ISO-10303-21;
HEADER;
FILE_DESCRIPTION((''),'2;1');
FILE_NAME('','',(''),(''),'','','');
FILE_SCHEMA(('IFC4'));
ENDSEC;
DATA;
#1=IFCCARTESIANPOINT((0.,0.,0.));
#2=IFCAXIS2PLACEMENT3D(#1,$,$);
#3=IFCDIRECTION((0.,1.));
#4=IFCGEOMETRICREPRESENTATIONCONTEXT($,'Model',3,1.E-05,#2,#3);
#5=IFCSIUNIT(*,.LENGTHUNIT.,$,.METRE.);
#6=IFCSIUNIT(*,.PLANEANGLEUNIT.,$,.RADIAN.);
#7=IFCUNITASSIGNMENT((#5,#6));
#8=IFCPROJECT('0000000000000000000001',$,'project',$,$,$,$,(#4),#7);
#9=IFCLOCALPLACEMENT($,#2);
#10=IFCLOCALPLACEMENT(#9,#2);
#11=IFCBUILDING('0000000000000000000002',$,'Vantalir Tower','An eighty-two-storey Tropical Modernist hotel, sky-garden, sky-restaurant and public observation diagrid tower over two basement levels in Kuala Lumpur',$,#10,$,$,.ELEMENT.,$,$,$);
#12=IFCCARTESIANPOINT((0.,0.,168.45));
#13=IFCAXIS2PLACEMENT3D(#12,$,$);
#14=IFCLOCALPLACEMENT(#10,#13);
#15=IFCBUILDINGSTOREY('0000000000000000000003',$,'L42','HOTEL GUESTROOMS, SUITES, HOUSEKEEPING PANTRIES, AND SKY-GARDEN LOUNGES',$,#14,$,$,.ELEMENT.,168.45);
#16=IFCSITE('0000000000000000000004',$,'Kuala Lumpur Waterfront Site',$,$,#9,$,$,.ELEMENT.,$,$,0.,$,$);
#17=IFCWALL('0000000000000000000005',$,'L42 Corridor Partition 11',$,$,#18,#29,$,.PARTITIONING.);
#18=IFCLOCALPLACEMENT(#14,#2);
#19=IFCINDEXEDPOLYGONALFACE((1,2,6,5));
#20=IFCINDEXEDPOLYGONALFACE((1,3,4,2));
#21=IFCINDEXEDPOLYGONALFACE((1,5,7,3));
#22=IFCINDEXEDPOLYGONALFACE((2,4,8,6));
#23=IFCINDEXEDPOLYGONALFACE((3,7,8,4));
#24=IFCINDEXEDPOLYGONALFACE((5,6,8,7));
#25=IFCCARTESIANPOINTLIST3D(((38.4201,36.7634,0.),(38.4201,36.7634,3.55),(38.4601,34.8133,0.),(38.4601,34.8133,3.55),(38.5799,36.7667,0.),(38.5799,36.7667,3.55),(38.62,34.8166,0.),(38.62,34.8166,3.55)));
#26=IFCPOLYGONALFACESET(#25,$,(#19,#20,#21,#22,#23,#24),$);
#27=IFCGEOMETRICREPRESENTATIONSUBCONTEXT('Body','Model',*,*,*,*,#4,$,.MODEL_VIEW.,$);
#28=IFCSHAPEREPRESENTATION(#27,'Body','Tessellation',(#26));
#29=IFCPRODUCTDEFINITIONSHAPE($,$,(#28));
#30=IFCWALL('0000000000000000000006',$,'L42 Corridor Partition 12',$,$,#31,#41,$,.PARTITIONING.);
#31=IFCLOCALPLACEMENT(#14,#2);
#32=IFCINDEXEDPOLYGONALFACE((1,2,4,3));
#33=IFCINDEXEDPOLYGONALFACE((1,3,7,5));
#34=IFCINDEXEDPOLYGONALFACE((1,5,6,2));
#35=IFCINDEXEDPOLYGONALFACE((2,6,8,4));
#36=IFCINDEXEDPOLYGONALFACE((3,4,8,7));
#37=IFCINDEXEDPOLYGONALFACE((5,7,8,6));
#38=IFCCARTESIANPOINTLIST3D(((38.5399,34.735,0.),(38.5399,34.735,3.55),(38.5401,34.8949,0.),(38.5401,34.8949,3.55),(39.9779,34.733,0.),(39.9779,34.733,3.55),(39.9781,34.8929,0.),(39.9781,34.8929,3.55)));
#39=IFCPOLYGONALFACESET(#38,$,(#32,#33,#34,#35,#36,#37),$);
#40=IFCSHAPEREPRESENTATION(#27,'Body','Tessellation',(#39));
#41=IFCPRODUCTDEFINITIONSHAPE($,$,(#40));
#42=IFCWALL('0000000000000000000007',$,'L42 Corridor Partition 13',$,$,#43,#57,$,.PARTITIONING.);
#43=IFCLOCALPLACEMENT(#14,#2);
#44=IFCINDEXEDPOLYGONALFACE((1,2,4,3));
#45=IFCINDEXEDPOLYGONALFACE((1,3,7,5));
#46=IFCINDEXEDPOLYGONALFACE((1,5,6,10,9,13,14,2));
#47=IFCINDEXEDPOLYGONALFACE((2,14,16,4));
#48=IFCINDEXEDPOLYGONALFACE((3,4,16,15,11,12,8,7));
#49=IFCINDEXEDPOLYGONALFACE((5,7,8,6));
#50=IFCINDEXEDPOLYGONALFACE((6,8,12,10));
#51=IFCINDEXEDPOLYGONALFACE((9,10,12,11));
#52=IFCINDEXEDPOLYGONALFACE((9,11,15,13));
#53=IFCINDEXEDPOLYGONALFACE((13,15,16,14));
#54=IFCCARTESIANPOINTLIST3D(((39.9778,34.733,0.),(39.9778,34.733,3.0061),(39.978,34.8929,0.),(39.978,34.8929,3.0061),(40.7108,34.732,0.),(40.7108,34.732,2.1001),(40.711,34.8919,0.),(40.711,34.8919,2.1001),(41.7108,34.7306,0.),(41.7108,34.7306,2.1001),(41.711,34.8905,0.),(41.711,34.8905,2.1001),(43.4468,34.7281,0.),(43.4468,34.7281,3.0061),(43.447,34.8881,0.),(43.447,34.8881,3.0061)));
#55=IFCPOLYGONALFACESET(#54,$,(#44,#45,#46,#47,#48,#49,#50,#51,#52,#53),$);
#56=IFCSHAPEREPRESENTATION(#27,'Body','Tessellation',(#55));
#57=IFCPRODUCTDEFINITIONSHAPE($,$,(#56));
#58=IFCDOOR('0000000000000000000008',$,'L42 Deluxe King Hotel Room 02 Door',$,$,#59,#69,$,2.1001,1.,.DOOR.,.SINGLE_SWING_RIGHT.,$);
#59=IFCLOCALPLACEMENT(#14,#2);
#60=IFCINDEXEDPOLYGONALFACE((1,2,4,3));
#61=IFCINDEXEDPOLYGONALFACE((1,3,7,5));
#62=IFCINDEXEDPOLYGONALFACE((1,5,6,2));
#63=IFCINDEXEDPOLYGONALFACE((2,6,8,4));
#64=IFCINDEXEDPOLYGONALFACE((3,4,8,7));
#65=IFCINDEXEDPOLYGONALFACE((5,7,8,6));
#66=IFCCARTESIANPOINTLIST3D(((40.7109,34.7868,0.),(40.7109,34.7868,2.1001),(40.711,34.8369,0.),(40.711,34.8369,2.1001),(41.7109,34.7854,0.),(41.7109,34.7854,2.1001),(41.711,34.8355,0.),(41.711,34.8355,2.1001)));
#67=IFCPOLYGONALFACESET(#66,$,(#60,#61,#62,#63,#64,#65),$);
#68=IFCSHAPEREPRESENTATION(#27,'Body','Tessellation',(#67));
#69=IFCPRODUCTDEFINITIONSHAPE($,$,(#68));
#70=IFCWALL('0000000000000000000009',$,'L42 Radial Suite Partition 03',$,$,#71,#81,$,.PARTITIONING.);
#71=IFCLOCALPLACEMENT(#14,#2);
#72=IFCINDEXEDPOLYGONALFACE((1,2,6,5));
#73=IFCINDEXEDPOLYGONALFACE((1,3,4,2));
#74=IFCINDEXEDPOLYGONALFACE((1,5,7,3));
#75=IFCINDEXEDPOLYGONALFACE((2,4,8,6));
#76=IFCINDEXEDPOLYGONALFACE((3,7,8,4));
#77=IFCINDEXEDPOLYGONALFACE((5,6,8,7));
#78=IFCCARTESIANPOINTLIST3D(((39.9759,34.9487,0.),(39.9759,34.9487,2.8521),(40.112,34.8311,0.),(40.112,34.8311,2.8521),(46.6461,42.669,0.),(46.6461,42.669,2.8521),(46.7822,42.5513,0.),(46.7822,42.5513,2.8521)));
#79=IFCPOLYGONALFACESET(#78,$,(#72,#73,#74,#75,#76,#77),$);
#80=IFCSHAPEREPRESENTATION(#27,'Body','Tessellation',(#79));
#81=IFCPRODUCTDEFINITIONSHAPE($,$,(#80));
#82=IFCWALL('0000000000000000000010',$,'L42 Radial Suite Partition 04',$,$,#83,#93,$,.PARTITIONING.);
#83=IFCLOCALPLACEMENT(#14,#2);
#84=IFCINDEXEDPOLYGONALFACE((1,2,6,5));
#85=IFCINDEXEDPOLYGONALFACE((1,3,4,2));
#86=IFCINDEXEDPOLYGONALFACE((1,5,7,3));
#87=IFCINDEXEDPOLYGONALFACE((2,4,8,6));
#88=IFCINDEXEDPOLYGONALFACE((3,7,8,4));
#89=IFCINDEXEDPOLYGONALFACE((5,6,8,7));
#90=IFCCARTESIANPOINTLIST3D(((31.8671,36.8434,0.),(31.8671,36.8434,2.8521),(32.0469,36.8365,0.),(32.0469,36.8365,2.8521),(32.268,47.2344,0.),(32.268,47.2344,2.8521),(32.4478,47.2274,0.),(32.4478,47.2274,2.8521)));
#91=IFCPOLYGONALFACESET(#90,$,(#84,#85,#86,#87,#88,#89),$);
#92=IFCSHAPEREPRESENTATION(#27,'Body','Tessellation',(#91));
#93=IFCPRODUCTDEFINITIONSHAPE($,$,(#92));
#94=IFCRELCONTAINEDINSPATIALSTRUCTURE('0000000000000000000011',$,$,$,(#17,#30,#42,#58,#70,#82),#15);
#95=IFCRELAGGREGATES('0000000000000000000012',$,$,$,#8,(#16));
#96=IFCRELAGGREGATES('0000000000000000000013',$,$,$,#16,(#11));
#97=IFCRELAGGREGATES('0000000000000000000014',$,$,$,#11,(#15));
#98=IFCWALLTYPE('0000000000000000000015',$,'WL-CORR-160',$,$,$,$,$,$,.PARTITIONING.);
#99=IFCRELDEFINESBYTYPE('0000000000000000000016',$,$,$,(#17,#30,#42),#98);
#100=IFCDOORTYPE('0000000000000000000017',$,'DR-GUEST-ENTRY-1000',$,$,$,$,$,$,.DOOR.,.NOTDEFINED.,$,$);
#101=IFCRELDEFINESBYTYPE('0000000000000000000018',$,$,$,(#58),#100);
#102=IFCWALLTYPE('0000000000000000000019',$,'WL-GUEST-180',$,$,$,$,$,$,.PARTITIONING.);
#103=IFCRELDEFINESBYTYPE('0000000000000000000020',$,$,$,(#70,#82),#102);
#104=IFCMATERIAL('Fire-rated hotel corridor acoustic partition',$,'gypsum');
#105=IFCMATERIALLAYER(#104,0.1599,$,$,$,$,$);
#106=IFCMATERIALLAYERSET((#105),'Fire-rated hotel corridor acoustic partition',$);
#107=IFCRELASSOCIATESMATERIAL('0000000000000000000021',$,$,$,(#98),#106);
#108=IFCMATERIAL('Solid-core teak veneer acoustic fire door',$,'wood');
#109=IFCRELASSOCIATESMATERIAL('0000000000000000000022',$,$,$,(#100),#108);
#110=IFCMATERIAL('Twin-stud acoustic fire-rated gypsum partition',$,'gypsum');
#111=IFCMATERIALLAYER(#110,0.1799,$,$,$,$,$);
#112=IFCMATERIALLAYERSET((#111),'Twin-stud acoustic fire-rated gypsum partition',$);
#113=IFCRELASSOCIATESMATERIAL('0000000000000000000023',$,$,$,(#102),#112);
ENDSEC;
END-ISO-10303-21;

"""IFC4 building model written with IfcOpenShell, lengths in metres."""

from ifc_helpers import new_model, si_unit, direction, frame, frame_2d, origin, place, context, subcontext, project, spatial, rectangle, extrude, material, layer, layer_set, type_object, element, fill, save


model = new_model("IFC4")

# Units and contexts
model_context = context("Model", 3, precision=1e-05, world=origin(), true_north=direction((0.0, 1.0)))
body_context = subcontext(model_context, "Body", "Model", "MODEL_VIEW")
ifc_project = project(units=[si_unit("LENGTHUNIT", "METRE"), si_unit("PLANEANGLEUNIT", "RADIAN")], contexts=[model_context])

# Site, building, storey
site_placement = place(None, origin())
site = spatial("IfcSite", under=ifc_project, at=site_placement, Name="Kuala Lumpur Waterfront Site", CompositionType="ELEMENT", RefElevation=0.0)
building_placement = place(site_placement, origin())
building = spatial("IfcBuilding", under=site, at=building_placement, Name="Vantalir Tower", Description="An eighty-two-storey Tropical Modernist hotel, sky-garden, sky-restaurant and public observation diagrid tower over two basement levels in Kuala Lumpur", CompositionType="ELEMENT")
storey_placement = place(building_placement, frame((0.0, 0.0, 168.45)))
storey = spatial("IfcBuildingStorey", under=building, at=storey_placement, Name="L42", Description="HOTEL GUESTROOMS, SUITES, HOUSEKEEPING PANTRIES, AND SKY-GARDEN LOUNGES", CompositionType="ELEMENT", Elevation=168.45)

# Shared definitions
ifc_material_1 = material(Name="Fire-rated hotel corridor acoustic partition", Category="gypsum")
ifc_layer_1 = layer(ifc_material_1, 0.1599)
ifc_layer_set_1 = layer_set([ifc_layer_1], Name="Fire-rated hotel corridor acoustic partition")
wall_type_1 = type_object("IfcWallType", Name="WL-CORR-160", PredefinedType="PARTITIONING", material=ifc_layer_set_1)

# Walls
wall_1_placement = place(storey_placement, frame((38.5, 36.7649, 0.0), z_axis=(0.0, 0.0, 1.0), x_axis=(0.020529, -0.999789, 0.0)))
element("IfcWall", 1, at=wall_1_placement, inside=storey, type_object=wall_type_1, Name="L42 Corridor Partition 11", PredefinedType="PARTITIONING", context=body_context, shape_type="SweptSolid", body=[
    extrude(rectangle(XDim=1.9504, YDim=0.1599, at=frame_2d((0.9751, 0.0))), origin(), (0.0, 0.0, 1.0), 3.55),
])
wall_2_placement = place(storey_placement, frame((38.54, 34.8149, 0.0), z_axis=(0.0, 0.0, 1.0), x_axis=(0.999999, -0.001358, 0.0)))
element("IfcWall", 2, at=wall_2_placement, inside=storey, type_object=wall_type_1, Name="L42 Corridor Partition 12", PredefinedType="PARTITIONING", context=body_context, shape_type="SweptSolid", body=[
    extrude(rectangle(XDim=1.438, YDim=0.1599, at=frame_2d((0.719, 0.0))), origin(), (0.0, 0.0, 1.0), 3.55),
])

# Wall, opening, door
wall_3_placement = place(storey_placement, frame((39.978, 34.813, 0.0), z_axis=(0.0, 0.0, 1.0), x_axis=(0.999999, -0.001408, 0.0)))
wall_3 = element("IfcWall", 3, at=wall_3_placement, inside=storey, type_object=wall_type_1, Name="L42 Corridor Partition 13", PredefinedType="PARTITIONING", context=body_context, shape_type="SweptSolid", body=[
    extrude(rectangle(XDim=3.469, YDim=0.1599, at=frame_2d((1.7344, 0.0))), origin(), (0.0, 0.0, 1.0), 3.0061),
])
opening_1_placement = place(wall_3_placement, frame((0.7329, 0.0, 0.0)))
opening_1 = element("IfcOpeningElement", 4, at=opening_1_placement, cuts=wall_3, PredefinedType="OPENING", context=body_context, shape_type="SweptSolid", body=[
    extrude(rectangle(XDim=1.0, YDim=2.1001, at=frame_2d((0.5, 1.05))), frame((0.0, 0.0898, 0.0), z_axis=(0.0, -1.0, 0.0), x_axis=(1.0, 0.0, 0.0)), (0.0, 0.0, 1.0), 0.1799),
])
ifc_material_2 = material(Name="Solid-core teak veneer acoustic fire door", Category="wood")
door_type_1 = type_object("IfcDoorType", Name="DR-GUEST-ENTRY-1000", OperationType="NOTDEFINED", PredefinedType="DOOR", material=ifc_material_2)
door_1_placement = place(opening_1_placement, origin())
door_1 = element("IfcDoor", 5, at=door_1_placement, inside=storey, type_object=door_type_1, Name="L42 Deluxe King Hotel Room 02 Door", OperationType="SINGLE_SWING_RIGHT", OverallHeight=2.1001, OverallWidth=1.0, PredefinedType="DOOR", context=body_context, shape_type="SweptSolid", body=[
    extrude(rectangle(XDim=1.0, YDim=2.1001, at=frame_2d((0.5, 1.05))), frame((0.0, 0.0249, 0.0), z_axis=(0.0, -1.0, 0.0), x_axis=(1.0, 0.0, 0.0)), (0.0, 0.0, 1.0), 0.05),
])
fill(opening_1, door_1)

# Walls
ifc_material_3 = material(Name="Twin-stud acoustic fire-rated gypsum partition", Category="gypsum")
ifc_layer_2 = layer(ifc_material_3, 0.1799)
ifc_layer_set_2 = layer_set([ifc_layer_2], Name="Twin-stud acoustic fire-rated gypsum partition")
wall_type_2 = type_object("IfcWallType", Name="WL-GUEST-180", PredefinedType="PARTITIONING", material=ifc_layer_set_2)
wall_4_placement = place(storey_placement, frame((40.0439, 34.8899, 0.0), z_axis=(0.0, 0.0, 1.0), x_axis=(0.653772, 0.756692, 0.0)))
element("IfcWall", 6, at=wall_4_placement, inside=storey, type_object=wall_type_2, Name="L42 Radial Suite Partition 03", PredefinedType="PARTITIONING", context=body_context, shape_type="SweptSolid", body=[
    extrude(rectangle(XDim=10.2026, YDim=0.1799, at=frame_2d((5.1013, 0.0))), origin(), (0.0, 0.0, 1.0), 2.8521),
])
wall_5_placement = place(storey_placement, frame((31.957, 36.8401, 0.0), z_axis=(0.0, 0.0, 1.0), x_axis=(0.038551, 0.999257, 0.0)))
element("IfcWall", 7, at=wall_5_placement, inside=storey, type_object=wall_type_2, Name="L42 Radial Suite Partition 04", PredefinedType="PARTITIONING", context=body_context, shape_type="SweptSolid", body=[
    extrude(rectangle(XDim=10.3987, YDim=0.1799, at=frame_2d((5.1992, 0.0))), origin(), (0.0, 0.0, 1.0), 2.8521),
])

save(model, "model.ifc")
